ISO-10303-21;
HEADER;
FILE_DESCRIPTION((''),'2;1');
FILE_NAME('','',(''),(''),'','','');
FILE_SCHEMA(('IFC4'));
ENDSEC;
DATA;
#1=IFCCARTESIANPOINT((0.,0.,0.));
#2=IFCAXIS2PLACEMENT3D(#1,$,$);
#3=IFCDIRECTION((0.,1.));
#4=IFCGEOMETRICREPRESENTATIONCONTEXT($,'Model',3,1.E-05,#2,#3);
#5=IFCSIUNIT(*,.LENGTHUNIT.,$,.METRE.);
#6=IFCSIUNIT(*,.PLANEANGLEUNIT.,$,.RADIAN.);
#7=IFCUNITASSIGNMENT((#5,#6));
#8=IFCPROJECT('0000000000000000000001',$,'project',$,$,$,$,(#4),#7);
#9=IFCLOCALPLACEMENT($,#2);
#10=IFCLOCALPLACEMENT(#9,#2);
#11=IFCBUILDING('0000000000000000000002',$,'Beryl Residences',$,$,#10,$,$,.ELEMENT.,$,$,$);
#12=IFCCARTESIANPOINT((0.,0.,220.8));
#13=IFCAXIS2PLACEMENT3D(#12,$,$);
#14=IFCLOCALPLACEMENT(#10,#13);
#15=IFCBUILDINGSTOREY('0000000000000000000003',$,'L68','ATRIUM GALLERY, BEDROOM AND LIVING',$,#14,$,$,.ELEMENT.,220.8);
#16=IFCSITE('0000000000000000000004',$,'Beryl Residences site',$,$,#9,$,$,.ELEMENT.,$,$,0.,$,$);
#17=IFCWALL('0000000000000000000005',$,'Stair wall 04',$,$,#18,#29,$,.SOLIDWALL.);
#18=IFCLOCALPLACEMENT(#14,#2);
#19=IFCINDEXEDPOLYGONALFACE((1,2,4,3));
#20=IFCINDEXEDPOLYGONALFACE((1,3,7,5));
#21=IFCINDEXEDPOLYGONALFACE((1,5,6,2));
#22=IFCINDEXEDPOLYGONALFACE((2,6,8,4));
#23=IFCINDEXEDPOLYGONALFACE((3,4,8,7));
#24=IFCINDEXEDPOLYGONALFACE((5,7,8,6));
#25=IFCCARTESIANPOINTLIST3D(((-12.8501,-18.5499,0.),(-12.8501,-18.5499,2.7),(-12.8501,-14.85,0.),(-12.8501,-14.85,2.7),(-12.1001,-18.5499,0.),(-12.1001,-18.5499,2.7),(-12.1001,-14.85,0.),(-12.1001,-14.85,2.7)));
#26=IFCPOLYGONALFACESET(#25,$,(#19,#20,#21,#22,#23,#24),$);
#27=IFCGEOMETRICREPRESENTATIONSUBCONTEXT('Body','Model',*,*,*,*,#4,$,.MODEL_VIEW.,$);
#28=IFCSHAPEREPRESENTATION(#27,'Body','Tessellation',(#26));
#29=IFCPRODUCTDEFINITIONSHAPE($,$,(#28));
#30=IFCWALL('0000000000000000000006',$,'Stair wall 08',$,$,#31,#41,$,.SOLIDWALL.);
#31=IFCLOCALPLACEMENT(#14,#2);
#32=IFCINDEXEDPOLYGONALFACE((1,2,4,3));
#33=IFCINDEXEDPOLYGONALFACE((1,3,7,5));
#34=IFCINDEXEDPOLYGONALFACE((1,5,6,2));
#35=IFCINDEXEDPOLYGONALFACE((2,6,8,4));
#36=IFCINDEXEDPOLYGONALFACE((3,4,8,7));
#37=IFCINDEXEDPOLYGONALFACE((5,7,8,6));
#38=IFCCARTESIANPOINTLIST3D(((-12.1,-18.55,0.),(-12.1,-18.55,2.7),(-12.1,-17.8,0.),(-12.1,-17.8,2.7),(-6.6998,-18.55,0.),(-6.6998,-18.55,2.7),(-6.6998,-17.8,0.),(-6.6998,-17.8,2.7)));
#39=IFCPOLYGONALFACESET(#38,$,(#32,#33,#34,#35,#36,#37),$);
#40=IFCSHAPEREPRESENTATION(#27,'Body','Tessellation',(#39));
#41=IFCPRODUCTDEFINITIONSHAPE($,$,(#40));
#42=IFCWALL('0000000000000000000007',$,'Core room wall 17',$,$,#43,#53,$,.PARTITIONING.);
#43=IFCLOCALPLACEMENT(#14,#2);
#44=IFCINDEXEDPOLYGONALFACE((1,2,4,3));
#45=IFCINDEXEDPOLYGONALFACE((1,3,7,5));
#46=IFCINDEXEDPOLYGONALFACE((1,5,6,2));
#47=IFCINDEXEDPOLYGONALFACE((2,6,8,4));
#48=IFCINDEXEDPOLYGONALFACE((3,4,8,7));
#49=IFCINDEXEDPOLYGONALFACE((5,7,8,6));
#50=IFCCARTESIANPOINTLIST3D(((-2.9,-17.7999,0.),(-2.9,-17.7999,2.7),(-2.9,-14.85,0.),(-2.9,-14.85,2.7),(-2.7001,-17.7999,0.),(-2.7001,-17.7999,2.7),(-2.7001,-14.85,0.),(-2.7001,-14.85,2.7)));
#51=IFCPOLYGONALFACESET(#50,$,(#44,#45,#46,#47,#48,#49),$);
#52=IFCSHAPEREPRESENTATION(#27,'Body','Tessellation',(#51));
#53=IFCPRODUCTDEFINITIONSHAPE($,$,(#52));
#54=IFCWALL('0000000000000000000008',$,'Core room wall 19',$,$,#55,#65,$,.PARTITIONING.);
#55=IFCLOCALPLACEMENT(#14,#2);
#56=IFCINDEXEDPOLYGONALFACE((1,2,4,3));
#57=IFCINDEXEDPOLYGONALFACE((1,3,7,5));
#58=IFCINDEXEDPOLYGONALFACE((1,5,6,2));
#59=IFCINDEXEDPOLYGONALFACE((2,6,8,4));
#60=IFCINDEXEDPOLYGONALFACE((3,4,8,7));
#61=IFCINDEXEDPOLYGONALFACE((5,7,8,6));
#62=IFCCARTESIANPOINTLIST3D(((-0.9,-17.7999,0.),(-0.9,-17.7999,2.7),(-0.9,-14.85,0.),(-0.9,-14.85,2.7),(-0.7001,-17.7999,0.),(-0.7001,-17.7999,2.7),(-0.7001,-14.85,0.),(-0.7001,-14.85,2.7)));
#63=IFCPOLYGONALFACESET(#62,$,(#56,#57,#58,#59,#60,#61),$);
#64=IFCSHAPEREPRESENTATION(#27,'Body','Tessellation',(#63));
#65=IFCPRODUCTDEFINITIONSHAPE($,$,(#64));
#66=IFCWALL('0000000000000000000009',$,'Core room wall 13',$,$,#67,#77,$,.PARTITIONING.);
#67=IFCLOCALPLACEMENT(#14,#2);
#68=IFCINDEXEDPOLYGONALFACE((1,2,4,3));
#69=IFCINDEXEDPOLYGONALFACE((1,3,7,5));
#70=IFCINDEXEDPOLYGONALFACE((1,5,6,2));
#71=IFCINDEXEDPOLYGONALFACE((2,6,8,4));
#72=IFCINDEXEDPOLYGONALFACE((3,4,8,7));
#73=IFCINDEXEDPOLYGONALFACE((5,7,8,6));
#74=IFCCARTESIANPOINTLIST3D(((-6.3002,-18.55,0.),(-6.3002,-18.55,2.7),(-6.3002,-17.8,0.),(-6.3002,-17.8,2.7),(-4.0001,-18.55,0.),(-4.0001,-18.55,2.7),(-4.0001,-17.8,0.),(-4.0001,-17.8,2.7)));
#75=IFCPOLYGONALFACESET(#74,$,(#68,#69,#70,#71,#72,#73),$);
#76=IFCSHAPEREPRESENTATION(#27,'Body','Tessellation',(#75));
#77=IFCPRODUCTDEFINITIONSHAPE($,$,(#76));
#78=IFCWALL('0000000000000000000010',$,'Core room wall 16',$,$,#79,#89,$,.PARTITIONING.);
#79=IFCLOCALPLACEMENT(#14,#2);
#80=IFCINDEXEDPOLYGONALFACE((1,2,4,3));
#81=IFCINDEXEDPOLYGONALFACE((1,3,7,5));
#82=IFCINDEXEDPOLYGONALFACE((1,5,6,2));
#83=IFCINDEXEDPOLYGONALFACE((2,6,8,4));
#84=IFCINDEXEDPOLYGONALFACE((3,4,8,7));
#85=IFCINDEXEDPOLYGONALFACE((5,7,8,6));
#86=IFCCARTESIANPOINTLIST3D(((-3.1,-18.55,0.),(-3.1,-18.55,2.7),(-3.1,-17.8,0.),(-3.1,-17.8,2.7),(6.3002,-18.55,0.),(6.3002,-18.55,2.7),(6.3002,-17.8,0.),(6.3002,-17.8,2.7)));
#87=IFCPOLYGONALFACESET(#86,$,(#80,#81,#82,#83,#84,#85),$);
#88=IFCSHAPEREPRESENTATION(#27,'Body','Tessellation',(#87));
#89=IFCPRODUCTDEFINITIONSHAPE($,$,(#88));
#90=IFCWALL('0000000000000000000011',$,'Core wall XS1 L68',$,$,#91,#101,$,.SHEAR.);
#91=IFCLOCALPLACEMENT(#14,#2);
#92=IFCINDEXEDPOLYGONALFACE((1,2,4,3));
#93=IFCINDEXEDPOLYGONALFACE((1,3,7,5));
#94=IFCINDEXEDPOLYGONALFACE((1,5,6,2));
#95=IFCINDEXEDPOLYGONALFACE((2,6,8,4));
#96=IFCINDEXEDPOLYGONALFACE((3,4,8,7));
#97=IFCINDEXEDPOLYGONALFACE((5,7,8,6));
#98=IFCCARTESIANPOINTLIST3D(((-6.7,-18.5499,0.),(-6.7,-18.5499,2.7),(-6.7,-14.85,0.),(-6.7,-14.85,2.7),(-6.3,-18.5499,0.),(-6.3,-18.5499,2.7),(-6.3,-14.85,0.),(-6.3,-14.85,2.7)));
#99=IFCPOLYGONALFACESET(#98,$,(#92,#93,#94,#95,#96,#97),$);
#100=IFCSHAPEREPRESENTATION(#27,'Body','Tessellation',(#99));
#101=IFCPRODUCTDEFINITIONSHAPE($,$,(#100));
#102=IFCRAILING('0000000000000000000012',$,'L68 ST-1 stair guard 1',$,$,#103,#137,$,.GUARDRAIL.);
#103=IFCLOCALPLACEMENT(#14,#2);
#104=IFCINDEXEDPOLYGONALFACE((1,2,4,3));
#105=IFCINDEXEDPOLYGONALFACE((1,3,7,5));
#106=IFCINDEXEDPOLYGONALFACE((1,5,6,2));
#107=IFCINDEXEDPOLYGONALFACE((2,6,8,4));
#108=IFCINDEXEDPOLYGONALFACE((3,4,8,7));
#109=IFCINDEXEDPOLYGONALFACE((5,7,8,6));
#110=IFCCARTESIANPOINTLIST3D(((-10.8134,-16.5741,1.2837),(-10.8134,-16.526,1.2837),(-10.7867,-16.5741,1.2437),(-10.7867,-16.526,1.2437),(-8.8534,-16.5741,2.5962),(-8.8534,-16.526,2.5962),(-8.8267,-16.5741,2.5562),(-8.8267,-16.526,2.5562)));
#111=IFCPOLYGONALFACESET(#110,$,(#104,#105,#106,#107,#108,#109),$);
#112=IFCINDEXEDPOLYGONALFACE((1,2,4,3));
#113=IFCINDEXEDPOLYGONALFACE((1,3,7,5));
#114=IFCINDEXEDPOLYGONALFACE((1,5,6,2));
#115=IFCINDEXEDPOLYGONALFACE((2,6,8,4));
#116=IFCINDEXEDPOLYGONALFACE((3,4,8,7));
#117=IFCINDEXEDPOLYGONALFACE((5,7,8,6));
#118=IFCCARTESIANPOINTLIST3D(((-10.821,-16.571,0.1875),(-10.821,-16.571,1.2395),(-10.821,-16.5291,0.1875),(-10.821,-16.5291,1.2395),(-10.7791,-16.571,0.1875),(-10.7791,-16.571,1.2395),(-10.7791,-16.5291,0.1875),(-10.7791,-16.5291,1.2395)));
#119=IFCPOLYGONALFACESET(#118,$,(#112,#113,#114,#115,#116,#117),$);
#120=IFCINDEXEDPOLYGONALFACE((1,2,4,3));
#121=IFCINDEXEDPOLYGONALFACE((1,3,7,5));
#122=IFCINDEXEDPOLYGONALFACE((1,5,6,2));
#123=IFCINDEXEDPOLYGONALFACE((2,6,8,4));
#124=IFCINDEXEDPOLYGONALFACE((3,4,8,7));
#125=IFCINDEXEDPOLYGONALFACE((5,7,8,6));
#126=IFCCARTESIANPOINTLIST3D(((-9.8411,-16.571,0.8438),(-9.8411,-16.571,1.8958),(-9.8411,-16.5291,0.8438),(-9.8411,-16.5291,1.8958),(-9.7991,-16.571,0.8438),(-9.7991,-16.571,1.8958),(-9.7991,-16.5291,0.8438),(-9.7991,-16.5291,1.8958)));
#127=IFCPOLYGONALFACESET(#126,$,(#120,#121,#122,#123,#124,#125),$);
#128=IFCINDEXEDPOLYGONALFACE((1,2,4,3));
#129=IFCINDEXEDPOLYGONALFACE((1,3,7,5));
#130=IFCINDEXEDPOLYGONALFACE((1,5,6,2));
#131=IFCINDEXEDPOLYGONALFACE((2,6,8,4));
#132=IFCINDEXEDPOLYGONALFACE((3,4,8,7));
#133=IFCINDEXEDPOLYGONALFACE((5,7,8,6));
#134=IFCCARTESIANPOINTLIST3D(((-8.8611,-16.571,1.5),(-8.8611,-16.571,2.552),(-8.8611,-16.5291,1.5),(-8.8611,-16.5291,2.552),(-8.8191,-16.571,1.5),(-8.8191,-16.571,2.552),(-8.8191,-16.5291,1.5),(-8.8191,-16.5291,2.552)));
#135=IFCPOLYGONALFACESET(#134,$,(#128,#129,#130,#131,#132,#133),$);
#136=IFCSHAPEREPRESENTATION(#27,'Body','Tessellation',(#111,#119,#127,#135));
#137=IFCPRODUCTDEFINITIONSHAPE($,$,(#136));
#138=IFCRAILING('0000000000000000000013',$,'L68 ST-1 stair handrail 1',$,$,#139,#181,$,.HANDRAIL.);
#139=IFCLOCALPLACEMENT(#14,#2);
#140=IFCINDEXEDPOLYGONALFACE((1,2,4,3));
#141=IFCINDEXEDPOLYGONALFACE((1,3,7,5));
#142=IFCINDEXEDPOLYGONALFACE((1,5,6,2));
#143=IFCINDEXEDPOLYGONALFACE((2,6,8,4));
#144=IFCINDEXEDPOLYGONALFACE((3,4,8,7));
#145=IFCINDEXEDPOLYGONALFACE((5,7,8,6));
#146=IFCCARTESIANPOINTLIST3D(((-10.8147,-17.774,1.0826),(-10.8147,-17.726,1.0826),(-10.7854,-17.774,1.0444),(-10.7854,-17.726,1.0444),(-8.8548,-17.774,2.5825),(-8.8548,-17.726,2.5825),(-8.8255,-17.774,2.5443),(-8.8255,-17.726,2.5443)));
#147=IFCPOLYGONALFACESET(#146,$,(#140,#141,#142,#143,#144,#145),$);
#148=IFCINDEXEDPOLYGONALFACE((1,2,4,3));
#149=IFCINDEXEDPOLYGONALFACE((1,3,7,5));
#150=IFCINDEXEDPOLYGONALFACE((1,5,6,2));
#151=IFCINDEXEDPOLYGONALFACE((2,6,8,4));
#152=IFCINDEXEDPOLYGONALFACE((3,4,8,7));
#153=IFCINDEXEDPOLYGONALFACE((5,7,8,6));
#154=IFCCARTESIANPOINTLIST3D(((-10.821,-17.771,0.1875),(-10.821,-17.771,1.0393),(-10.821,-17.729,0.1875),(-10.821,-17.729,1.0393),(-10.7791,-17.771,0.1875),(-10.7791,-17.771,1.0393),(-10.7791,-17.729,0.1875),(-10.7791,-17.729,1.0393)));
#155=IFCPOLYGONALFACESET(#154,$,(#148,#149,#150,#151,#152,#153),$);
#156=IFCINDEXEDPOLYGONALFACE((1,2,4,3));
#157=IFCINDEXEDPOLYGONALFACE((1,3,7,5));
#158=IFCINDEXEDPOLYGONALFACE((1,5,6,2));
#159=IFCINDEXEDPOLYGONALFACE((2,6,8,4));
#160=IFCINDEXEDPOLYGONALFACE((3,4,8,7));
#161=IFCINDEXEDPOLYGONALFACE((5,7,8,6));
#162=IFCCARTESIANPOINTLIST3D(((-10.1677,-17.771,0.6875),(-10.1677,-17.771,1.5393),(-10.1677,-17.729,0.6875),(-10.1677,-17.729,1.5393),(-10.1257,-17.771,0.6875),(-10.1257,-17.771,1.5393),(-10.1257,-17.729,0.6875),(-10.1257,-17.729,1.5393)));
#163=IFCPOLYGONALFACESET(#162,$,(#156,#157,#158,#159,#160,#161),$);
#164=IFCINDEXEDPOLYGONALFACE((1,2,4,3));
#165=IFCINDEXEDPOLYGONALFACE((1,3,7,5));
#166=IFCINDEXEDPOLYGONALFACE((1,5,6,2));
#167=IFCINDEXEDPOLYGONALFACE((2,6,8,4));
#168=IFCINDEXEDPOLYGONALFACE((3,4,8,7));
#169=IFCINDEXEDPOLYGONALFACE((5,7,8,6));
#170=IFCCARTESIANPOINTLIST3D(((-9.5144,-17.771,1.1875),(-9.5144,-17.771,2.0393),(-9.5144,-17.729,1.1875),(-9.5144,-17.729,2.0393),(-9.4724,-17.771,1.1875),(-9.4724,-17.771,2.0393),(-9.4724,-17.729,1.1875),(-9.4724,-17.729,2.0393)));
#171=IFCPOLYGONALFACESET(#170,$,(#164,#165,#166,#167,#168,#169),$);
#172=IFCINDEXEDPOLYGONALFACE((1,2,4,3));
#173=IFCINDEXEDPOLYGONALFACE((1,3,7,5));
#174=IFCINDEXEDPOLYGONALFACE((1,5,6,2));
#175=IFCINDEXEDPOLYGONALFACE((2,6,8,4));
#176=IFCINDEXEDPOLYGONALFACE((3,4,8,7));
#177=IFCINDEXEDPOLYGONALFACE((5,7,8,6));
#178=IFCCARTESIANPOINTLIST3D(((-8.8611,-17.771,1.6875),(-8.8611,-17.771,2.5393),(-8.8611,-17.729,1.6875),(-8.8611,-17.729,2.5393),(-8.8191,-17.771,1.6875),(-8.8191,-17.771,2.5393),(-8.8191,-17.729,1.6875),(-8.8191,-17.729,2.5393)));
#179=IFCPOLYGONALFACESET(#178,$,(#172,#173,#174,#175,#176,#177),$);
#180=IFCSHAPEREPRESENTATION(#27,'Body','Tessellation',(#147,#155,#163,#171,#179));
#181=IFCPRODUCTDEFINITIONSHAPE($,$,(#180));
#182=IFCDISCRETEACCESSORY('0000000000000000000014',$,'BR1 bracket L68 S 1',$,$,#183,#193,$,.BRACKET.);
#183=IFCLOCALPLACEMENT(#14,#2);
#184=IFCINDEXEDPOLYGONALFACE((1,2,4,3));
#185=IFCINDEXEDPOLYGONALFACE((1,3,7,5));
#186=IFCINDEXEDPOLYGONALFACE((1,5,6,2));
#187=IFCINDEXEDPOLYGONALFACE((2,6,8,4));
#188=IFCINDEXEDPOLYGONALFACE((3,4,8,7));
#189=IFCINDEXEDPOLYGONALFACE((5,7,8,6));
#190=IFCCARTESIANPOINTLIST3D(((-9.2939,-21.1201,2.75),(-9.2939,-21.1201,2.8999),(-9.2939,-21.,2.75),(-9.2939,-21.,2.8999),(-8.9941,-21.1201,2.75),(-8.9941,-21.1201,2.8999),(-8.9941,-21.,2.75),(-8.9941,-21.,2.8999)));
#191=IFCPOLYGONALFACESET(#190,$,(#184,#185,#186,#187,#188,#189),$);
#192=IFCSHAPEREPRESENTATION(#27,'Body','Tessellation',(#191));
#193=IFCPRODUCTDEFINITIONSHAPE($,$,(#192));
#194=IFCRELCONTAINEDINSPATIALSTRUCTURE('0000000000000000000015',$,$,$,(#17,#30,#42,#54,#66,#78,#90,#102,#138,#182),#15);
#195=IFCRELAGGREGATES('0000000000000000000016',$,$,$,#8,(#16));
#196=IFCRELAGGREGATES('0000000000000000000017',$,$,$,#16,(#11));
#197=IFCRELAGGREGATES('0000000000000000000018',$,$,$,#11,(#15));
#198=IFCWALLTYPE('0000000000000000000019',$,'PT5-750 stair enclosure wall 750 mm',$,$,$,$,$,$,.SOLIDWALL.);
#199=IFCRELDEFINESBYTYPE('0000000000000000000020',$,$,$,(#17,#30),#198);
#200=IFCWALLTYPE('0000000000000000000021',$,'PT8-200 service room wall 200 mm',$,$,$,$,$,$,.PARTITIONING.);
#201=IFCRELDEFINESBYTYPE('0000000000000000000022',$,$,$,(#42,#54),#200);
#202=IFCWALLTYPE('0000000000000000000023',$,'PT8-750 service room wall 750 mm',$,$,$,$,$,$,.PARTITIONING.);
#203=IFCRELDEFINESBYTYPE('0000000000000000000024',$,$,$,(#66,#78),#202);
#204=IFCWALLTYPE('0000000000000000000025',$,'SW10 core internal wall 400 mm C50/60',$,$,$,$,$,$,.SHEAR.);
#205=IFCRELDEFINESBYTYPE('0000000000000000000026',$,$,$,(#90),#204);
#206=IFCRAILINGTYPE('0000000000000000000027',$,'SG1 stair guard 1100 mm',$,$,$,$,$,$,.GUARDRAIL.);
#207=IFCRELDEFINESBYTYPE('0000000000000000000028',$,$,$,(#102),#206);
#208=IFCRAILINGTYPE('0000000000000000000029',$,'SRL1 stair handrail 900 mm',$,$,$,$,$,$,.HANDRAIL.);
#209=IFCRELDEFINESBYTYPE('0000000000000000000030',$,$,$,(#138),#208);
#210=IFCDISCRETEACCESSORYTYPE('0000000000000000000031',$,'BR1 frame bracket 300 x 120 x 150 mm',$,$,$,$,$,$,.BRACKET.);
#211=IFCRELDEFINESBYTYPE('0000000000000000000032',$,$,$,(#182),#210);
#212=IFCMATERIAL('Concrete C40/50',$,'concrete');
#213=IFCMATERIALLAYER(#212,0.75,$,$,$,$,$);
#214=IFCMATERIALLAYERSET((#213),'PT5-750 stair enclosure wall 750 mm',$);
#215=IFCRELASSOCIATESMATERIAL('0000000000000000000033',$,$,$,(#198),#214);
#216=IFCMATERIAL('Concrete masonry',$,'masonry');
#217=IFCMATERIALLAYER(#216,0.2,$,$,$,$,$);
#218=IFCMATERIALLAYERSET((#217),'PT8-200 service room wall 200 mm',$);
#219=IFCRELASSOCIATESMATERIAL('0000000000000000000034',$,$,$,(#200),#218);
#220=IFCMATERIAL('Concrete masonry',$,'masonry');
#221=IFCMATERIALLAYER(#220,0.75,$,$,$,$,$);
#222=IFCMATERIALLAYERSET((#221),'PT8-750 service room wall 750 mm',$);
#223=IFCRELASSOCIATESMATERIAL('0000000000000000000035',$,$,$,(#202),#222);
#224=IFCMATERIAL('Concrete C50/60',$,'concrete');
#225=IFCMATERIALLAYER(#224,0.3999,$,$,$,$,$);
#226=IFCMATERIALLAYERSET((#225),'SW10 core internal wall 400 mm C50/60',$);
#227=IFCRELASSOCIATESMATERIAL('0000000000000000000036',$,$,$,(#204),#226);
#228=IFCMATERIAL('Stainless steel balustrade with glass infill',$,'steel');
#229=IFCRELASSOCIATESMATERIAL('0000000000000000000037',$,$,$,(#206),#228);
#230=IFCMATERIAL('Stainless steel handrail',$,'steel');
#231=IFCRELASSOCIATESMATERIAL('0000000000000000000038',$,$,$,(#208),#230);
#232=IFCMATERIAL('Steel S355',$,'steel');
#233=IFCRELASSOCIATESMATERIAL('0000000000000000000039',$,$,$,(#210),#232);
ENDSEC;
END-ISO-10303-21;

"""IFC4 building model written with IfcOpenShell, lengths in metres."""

from ifc_helpers import new_model, si_unit, direction, frame, frame_2d, origin, origin_2d, place, context, subcontext, project, spatial, polyline, rectangle, outline, extrude, source, transform, mapped, material, layer, layer_set, type_object, type_shapes, element, save


model = new_model("IFC4")

# Units and contexts
model_context = context("Model", 3, precision=1e-05, world=origin(), true_north=direction((0.0, 1.0)))
body_context = subcontext(model_context, "Body", "Model", "MODEL_VIEW")
ifc_project = project(units=[si_unit("LENGTHUNIT", "METRE"), si_unit("PLANEANGLEUNIT", "RADIAN")], contexts=[model_context])

# Site, building, storey
site_placement = place(None, origin())
site = spatial("IfcSite", under=ifc_project, at=site_placement, Name="Beryl Residences site", CompositionType="ELEMENT", RefElevation=0.0)
building_placement = place(site_placement, origin())
building = spatial("IfcBuilding", under=site, at=building_placement, Name="Beryl Residences", CompositionType="ELEMENT")
storey_placement = place(building_placement, frame((0.0, 0.0, 220.8)))
storey = spatial("IfcBuildingStorey", under=building, at=storey_placement, Name="L68", Description="ATRIUM GALLERY, BEDROOM AND LIVING", CompositionType="ELEMENT", Elevation=220.8)

# Walls
ifc_material_1 = material(Name="Concrete C40/50", Category="concrete")
ifc_layer_1 = layer(ifc_material_1, 0.75)
ifc_layer_set_1 = layer_set([ifc_layer_1], Name="PT5-750 stair enclosure wall 750 mm")
wall_type_1 = type_object("IfcWallType", Name="PT5-750 stair enclosure wall 750 mm", PredefinedType="SOLIDWALL", material=ifc_layer_set_1)
wall_1_placement = place(storey_placement, frame((-12.4751, -18.55, 0.0), z_axis=(0.0, 0.0, 1.0), x_axis=(0.0, 1.0, 0.0)))
element("IfcWall", 1, at=wall_1_placement, inside=storey, type_object=wall_type_1, Name="Stair wall 04", PredefinedType="SOLIDWALL", context=body_context, shape_type="SweptSolid", body=[
    extrude(rectangle(XDim=3.7, YDim=0.75, at=frame_2d((1.8501, 0.0))), origin(), (0.0, 0.0, 1.0), 2.7),
])
wall_2_placement = place(storey_placement, frame((-12.1001, -18.175, 0.0), z_axis=(0.0, 0.0, 1.0), x_axis=(1.0, 0.0, 0.0)))
element("IfcWall", 2, at=wall_2_placement, inside=storey, type_object=wall_type_1, Name="Stair wall 08", PredefinedType="SOLIDWALL", context=body_context, shape_type="SweptSolid", body=[
    extrude(rectangle(XDim=5.4001, YDim=0.75, at=frame_2d((2.7002, 0.0))), origin(), (0.0, 0.0, 1.0), 2.7),
])
ifc_material_2 = material(Name="Concrete masonry", Category="masonry")
ifc_layer_2 = layer(ifc_material_2, 0.2)
ifc_layer_set_2 = layer_set([ifc_layer_2], Name="PT8-200 service room wall 200 mm")
wall_type_2 = type_object("IfcWallType", Name="PT8-200 service room wall 200 mm", PredefinedType="PARTITIONING", material=ifc_layer_set_2)
for number, where, z_axis, x_axis, name in (
    (3, (-2.8, -17.8, 0.0), (0.0, 0.0, 1.0), (0.0, 1.0, 0.0), "Core room wall 17"),
    (4, (-0.8, -17.8, 0.0), (0.0, 0.0, 1.0), (0.0, 1.0, 0.0), "Core room wall 19"),
):
    element("IfcWall", number, at=place(storey_placement, frame(where, z_axis=z_axis, x_axis=x_axis)), inside=storey, type_object=wall_type_2, Name=name, PredefinedType="PARTITIONING", context=body_context, shape_type="SweptSolid", body=[
        extrude(rectangle(XDim=2.95, YDim=0.2, at=frame_2d((1.4751, 0.0))), origin(), (0.0, 0.0, 1.0), 2.7),
    ])
ifc_material_3 = material(Name="Concrete masonry", Category="masonry")
ifc_layer_3 = layer(ifc_material_3, 0.75)
ifc_layer_set_3 = layer_set([ifc_layer_3], Name="PT8-750 service room wall 750 mm")
wall_type_3 = type_object("IfcWallType", Name="PT8-750 service room wall 750 mm", PredefinedType="PARTITIONING", material=ifc_layer_set_3)
wall_3_placement = place(storey_placement, frame((-6.3, -18.175, 0.0), z_axis=(0.0, 0.0, 1.0), x_axis=(1.0, 0.0, 0.0)))
element("IfcWall", 5, at=wall_3_placement, inside=storey, type_object=wall_type_3, Name="Core room wall 13", PredefinedType="PARTITIONING", context=body_context, shape_type="SweptSolid", body=[
    extrude(rectangle(XDim=2.3, YDim=0.75, at=frame_2d((1.1499, 0.0))), origin(), (0.0, 0.0, 1.0), 2.7),
])
wall_4_placement = place(storey_placement, frame((-3.1001, -18.175, 0.0), z_axis=(0.0, 0.0, 1.0), x_axis=(1.0, 0.0, 0.0)))
element("IfcWall", 6, at=wall_4_placement, inside=storey, type_object=wall_type_3, Name="Core room wall 16", PredefinedType="PARTITIONING", context=body_context, shape_type="SweptSolid", body=[
    extrude(rectangle(XDim=9.4001, YDim=0.75, at=frame_2d((4.7002, 0.0))), origin(), (0.0, 0.0, 1.0), 2.7),
])
ifc_material_4 = material(Name="Concrete C50/60", Category="concrete")
ifc_layer_4 = layer(ifc_material_4, 0.3999)
ifc_layer_set_4 = layer_set([ifc_layer_4], Name="SW10 core internal wall 400 mm C50/60")
wall_type_4 = type_object("IfcWallType", Name="SW10 core internal wall 400 mm C50/60", PredefinedType="SHEAR", material=ifc_layer_set_4)
wall_5_placement = place(storey_placement, frame((-6.5, -18.55, 0.0), z_axis=(0.0, 0.0, 1.0), x_axis=(0.0, 1.0, 0.0)))
element("IfcWall", 7, at=wall_5_placement, inside=storey, type_object=wall_type_4, Name="Core wall XS1 L68", PredefinedType="SHEAR", context=body_context, shape_type="SweptSolid", body=[
    extrude(rectangle(XDim=3.7, YDim=0.3999, at=frame_2d((1.8501, 0.0))), origin(), (0.0, 0.0, 1.0), 2.7),
])

# Railings
ifc_material_5 = material(Name="Stainless steel balustrade with glass infill", Category="steel")
railing_type_1 = type_object("IfcRailingType", Name="SG1 stair guard 1100 mm", PredefinedType="GUARDRAIL", material=ifc_material_5)
railing_1_placement = place(storey_placement, frame((-10.8, -16.55, 0.1875)))
element("IfcRailing", 8, at=railing_1_placement, inside=storey, type_object=railing_type_1, Name="L68 ST-1 stair guard 1", PredefinedType="GUARDRAIL", context=body_context, shape_type="SweptSolid", body=[
    extrude(rectangle(XDim=0.0481, YDim=0.0481, at=origin_2d()), frame((0.0, 0.0, 1.0762), z_axis=(0.830902, 0.0, 0.556419), x_axis=(0.0, 1.0, 0.0)), (0.0, 0.0, 1.0), 2.3589),
    extrude(rectangle(XDim=0.042, YDim=0.042, at=origin_2d()), origin(), (0.0, 0.0, 1.0), 1.052),
    extrude(rectangle(XDim=0.042, YDim=0.042, at=origin_2d()), frame((0.98, 0.0, 0.6562)), (0.0, 0.0, 1.0), 1.052),
    extrude(rectangle(XDim=0.042, YDim=0.042, at=origin_2d()), frame((1.96, 0.0, 1.3125)), (0.0, 0.0, 1.0), 1.052),
])
ifc_material_6 = material(Name="Stainless steel handrail", Category="steel")
railing_type_2 = type_object("IfcRailingType", Name="SRL1 stair handrail 900 mm", PredefinedType="HANDRAIL", material=ifc_material_6)
railing_2_placement = place(storey_placement, frame((-10.8, -17.75, 0.1875)))
element("IfcRailing", 9, at=railing_2_placement, inside=storey, type_object=railing_type_2, Name="L68 ST-1 stair handrail 1", PredefinedType="HANDRAIL", context=body_context, shape_type="SweptSolid", body=[
    extrude(rectangle(XDim=0.0481, YDim=0.0481, at=origin_2d()), frame((0.0, 0.0, 0.876), z_axis=(0.794122, 0.0, 0.607758), x_axis=(0.0, 1.0, 0.0)), (0.0, 0.0, 1.0), 2.468),
    extrude(rectangle(XDim=0.042, YDim=0.042, at=origin_2d()), origin(), (0.0, 0.0, 1.0), 0.8518),
    extrude(rectangle(XDim=0.042, YDim=0.042, at=origin_2d()), frame((0.6533, 0.0, 0.5)), (0.0, 0.0, 1.0), 0.8518),
    extrude(rectangle(XDim=0.042, YDim=0.042, at=origin_2d()), frame((1.3066, 0.0, 1.0)), (0.0, 0.0, 1.0), 0.8518),
    extrude(rectangle(XDim=0.042, YDim=0.042, at=origin_2d()), frame((1.96, 0.0, 1.5)), (0.0, 0.0, 1.0), 0.8518),
])

# Discrete accessory
ifc_material_7 = material(Name="Steel S355", Category="steel")
discrete_accessory_type = type_object("IfcDiscreteAccessoryType", Name="BR1 frame bracket 300 x 120 x 150 mm", PredefinedType="BRACKET", material=ifc_material_7)
shared_shape_1 = source(origin(), body_context, "Body", "SweptSolid", [
    extrude(outline(polyline([(-0.1499, 0.0), (0.1499, 0.0), (0.1499, 0.1201), (-0.1499, 0.1201), (-0.1499, 0.0)])), origin(), (0.0, 0.0, 1.0), 0.1499),
])
type_shapes(discrete_accessory_type, [shared_shape_1])
discrete_accessory_placement = place(storey_placement, frame((-9.144, -21.0, 2.75), z_axis=(0.0, 0.0, 1.0), x_axis=(-1.0, 0.0, 0.0)))
element("IfcDiscreteAccessory", 10, at=discrete_accessory_placement, inside=storey, type_object=discrete_accessory_type, Name="BR1 bracket L68 S 1", PredefinedType="BRACKET", context=body_context, shape_type="MappedRepresentation", body=[
    mapped(shared_shape_1, transform((0.0, 0.0, 0.0))),
])

save(model, "model.ifc")
